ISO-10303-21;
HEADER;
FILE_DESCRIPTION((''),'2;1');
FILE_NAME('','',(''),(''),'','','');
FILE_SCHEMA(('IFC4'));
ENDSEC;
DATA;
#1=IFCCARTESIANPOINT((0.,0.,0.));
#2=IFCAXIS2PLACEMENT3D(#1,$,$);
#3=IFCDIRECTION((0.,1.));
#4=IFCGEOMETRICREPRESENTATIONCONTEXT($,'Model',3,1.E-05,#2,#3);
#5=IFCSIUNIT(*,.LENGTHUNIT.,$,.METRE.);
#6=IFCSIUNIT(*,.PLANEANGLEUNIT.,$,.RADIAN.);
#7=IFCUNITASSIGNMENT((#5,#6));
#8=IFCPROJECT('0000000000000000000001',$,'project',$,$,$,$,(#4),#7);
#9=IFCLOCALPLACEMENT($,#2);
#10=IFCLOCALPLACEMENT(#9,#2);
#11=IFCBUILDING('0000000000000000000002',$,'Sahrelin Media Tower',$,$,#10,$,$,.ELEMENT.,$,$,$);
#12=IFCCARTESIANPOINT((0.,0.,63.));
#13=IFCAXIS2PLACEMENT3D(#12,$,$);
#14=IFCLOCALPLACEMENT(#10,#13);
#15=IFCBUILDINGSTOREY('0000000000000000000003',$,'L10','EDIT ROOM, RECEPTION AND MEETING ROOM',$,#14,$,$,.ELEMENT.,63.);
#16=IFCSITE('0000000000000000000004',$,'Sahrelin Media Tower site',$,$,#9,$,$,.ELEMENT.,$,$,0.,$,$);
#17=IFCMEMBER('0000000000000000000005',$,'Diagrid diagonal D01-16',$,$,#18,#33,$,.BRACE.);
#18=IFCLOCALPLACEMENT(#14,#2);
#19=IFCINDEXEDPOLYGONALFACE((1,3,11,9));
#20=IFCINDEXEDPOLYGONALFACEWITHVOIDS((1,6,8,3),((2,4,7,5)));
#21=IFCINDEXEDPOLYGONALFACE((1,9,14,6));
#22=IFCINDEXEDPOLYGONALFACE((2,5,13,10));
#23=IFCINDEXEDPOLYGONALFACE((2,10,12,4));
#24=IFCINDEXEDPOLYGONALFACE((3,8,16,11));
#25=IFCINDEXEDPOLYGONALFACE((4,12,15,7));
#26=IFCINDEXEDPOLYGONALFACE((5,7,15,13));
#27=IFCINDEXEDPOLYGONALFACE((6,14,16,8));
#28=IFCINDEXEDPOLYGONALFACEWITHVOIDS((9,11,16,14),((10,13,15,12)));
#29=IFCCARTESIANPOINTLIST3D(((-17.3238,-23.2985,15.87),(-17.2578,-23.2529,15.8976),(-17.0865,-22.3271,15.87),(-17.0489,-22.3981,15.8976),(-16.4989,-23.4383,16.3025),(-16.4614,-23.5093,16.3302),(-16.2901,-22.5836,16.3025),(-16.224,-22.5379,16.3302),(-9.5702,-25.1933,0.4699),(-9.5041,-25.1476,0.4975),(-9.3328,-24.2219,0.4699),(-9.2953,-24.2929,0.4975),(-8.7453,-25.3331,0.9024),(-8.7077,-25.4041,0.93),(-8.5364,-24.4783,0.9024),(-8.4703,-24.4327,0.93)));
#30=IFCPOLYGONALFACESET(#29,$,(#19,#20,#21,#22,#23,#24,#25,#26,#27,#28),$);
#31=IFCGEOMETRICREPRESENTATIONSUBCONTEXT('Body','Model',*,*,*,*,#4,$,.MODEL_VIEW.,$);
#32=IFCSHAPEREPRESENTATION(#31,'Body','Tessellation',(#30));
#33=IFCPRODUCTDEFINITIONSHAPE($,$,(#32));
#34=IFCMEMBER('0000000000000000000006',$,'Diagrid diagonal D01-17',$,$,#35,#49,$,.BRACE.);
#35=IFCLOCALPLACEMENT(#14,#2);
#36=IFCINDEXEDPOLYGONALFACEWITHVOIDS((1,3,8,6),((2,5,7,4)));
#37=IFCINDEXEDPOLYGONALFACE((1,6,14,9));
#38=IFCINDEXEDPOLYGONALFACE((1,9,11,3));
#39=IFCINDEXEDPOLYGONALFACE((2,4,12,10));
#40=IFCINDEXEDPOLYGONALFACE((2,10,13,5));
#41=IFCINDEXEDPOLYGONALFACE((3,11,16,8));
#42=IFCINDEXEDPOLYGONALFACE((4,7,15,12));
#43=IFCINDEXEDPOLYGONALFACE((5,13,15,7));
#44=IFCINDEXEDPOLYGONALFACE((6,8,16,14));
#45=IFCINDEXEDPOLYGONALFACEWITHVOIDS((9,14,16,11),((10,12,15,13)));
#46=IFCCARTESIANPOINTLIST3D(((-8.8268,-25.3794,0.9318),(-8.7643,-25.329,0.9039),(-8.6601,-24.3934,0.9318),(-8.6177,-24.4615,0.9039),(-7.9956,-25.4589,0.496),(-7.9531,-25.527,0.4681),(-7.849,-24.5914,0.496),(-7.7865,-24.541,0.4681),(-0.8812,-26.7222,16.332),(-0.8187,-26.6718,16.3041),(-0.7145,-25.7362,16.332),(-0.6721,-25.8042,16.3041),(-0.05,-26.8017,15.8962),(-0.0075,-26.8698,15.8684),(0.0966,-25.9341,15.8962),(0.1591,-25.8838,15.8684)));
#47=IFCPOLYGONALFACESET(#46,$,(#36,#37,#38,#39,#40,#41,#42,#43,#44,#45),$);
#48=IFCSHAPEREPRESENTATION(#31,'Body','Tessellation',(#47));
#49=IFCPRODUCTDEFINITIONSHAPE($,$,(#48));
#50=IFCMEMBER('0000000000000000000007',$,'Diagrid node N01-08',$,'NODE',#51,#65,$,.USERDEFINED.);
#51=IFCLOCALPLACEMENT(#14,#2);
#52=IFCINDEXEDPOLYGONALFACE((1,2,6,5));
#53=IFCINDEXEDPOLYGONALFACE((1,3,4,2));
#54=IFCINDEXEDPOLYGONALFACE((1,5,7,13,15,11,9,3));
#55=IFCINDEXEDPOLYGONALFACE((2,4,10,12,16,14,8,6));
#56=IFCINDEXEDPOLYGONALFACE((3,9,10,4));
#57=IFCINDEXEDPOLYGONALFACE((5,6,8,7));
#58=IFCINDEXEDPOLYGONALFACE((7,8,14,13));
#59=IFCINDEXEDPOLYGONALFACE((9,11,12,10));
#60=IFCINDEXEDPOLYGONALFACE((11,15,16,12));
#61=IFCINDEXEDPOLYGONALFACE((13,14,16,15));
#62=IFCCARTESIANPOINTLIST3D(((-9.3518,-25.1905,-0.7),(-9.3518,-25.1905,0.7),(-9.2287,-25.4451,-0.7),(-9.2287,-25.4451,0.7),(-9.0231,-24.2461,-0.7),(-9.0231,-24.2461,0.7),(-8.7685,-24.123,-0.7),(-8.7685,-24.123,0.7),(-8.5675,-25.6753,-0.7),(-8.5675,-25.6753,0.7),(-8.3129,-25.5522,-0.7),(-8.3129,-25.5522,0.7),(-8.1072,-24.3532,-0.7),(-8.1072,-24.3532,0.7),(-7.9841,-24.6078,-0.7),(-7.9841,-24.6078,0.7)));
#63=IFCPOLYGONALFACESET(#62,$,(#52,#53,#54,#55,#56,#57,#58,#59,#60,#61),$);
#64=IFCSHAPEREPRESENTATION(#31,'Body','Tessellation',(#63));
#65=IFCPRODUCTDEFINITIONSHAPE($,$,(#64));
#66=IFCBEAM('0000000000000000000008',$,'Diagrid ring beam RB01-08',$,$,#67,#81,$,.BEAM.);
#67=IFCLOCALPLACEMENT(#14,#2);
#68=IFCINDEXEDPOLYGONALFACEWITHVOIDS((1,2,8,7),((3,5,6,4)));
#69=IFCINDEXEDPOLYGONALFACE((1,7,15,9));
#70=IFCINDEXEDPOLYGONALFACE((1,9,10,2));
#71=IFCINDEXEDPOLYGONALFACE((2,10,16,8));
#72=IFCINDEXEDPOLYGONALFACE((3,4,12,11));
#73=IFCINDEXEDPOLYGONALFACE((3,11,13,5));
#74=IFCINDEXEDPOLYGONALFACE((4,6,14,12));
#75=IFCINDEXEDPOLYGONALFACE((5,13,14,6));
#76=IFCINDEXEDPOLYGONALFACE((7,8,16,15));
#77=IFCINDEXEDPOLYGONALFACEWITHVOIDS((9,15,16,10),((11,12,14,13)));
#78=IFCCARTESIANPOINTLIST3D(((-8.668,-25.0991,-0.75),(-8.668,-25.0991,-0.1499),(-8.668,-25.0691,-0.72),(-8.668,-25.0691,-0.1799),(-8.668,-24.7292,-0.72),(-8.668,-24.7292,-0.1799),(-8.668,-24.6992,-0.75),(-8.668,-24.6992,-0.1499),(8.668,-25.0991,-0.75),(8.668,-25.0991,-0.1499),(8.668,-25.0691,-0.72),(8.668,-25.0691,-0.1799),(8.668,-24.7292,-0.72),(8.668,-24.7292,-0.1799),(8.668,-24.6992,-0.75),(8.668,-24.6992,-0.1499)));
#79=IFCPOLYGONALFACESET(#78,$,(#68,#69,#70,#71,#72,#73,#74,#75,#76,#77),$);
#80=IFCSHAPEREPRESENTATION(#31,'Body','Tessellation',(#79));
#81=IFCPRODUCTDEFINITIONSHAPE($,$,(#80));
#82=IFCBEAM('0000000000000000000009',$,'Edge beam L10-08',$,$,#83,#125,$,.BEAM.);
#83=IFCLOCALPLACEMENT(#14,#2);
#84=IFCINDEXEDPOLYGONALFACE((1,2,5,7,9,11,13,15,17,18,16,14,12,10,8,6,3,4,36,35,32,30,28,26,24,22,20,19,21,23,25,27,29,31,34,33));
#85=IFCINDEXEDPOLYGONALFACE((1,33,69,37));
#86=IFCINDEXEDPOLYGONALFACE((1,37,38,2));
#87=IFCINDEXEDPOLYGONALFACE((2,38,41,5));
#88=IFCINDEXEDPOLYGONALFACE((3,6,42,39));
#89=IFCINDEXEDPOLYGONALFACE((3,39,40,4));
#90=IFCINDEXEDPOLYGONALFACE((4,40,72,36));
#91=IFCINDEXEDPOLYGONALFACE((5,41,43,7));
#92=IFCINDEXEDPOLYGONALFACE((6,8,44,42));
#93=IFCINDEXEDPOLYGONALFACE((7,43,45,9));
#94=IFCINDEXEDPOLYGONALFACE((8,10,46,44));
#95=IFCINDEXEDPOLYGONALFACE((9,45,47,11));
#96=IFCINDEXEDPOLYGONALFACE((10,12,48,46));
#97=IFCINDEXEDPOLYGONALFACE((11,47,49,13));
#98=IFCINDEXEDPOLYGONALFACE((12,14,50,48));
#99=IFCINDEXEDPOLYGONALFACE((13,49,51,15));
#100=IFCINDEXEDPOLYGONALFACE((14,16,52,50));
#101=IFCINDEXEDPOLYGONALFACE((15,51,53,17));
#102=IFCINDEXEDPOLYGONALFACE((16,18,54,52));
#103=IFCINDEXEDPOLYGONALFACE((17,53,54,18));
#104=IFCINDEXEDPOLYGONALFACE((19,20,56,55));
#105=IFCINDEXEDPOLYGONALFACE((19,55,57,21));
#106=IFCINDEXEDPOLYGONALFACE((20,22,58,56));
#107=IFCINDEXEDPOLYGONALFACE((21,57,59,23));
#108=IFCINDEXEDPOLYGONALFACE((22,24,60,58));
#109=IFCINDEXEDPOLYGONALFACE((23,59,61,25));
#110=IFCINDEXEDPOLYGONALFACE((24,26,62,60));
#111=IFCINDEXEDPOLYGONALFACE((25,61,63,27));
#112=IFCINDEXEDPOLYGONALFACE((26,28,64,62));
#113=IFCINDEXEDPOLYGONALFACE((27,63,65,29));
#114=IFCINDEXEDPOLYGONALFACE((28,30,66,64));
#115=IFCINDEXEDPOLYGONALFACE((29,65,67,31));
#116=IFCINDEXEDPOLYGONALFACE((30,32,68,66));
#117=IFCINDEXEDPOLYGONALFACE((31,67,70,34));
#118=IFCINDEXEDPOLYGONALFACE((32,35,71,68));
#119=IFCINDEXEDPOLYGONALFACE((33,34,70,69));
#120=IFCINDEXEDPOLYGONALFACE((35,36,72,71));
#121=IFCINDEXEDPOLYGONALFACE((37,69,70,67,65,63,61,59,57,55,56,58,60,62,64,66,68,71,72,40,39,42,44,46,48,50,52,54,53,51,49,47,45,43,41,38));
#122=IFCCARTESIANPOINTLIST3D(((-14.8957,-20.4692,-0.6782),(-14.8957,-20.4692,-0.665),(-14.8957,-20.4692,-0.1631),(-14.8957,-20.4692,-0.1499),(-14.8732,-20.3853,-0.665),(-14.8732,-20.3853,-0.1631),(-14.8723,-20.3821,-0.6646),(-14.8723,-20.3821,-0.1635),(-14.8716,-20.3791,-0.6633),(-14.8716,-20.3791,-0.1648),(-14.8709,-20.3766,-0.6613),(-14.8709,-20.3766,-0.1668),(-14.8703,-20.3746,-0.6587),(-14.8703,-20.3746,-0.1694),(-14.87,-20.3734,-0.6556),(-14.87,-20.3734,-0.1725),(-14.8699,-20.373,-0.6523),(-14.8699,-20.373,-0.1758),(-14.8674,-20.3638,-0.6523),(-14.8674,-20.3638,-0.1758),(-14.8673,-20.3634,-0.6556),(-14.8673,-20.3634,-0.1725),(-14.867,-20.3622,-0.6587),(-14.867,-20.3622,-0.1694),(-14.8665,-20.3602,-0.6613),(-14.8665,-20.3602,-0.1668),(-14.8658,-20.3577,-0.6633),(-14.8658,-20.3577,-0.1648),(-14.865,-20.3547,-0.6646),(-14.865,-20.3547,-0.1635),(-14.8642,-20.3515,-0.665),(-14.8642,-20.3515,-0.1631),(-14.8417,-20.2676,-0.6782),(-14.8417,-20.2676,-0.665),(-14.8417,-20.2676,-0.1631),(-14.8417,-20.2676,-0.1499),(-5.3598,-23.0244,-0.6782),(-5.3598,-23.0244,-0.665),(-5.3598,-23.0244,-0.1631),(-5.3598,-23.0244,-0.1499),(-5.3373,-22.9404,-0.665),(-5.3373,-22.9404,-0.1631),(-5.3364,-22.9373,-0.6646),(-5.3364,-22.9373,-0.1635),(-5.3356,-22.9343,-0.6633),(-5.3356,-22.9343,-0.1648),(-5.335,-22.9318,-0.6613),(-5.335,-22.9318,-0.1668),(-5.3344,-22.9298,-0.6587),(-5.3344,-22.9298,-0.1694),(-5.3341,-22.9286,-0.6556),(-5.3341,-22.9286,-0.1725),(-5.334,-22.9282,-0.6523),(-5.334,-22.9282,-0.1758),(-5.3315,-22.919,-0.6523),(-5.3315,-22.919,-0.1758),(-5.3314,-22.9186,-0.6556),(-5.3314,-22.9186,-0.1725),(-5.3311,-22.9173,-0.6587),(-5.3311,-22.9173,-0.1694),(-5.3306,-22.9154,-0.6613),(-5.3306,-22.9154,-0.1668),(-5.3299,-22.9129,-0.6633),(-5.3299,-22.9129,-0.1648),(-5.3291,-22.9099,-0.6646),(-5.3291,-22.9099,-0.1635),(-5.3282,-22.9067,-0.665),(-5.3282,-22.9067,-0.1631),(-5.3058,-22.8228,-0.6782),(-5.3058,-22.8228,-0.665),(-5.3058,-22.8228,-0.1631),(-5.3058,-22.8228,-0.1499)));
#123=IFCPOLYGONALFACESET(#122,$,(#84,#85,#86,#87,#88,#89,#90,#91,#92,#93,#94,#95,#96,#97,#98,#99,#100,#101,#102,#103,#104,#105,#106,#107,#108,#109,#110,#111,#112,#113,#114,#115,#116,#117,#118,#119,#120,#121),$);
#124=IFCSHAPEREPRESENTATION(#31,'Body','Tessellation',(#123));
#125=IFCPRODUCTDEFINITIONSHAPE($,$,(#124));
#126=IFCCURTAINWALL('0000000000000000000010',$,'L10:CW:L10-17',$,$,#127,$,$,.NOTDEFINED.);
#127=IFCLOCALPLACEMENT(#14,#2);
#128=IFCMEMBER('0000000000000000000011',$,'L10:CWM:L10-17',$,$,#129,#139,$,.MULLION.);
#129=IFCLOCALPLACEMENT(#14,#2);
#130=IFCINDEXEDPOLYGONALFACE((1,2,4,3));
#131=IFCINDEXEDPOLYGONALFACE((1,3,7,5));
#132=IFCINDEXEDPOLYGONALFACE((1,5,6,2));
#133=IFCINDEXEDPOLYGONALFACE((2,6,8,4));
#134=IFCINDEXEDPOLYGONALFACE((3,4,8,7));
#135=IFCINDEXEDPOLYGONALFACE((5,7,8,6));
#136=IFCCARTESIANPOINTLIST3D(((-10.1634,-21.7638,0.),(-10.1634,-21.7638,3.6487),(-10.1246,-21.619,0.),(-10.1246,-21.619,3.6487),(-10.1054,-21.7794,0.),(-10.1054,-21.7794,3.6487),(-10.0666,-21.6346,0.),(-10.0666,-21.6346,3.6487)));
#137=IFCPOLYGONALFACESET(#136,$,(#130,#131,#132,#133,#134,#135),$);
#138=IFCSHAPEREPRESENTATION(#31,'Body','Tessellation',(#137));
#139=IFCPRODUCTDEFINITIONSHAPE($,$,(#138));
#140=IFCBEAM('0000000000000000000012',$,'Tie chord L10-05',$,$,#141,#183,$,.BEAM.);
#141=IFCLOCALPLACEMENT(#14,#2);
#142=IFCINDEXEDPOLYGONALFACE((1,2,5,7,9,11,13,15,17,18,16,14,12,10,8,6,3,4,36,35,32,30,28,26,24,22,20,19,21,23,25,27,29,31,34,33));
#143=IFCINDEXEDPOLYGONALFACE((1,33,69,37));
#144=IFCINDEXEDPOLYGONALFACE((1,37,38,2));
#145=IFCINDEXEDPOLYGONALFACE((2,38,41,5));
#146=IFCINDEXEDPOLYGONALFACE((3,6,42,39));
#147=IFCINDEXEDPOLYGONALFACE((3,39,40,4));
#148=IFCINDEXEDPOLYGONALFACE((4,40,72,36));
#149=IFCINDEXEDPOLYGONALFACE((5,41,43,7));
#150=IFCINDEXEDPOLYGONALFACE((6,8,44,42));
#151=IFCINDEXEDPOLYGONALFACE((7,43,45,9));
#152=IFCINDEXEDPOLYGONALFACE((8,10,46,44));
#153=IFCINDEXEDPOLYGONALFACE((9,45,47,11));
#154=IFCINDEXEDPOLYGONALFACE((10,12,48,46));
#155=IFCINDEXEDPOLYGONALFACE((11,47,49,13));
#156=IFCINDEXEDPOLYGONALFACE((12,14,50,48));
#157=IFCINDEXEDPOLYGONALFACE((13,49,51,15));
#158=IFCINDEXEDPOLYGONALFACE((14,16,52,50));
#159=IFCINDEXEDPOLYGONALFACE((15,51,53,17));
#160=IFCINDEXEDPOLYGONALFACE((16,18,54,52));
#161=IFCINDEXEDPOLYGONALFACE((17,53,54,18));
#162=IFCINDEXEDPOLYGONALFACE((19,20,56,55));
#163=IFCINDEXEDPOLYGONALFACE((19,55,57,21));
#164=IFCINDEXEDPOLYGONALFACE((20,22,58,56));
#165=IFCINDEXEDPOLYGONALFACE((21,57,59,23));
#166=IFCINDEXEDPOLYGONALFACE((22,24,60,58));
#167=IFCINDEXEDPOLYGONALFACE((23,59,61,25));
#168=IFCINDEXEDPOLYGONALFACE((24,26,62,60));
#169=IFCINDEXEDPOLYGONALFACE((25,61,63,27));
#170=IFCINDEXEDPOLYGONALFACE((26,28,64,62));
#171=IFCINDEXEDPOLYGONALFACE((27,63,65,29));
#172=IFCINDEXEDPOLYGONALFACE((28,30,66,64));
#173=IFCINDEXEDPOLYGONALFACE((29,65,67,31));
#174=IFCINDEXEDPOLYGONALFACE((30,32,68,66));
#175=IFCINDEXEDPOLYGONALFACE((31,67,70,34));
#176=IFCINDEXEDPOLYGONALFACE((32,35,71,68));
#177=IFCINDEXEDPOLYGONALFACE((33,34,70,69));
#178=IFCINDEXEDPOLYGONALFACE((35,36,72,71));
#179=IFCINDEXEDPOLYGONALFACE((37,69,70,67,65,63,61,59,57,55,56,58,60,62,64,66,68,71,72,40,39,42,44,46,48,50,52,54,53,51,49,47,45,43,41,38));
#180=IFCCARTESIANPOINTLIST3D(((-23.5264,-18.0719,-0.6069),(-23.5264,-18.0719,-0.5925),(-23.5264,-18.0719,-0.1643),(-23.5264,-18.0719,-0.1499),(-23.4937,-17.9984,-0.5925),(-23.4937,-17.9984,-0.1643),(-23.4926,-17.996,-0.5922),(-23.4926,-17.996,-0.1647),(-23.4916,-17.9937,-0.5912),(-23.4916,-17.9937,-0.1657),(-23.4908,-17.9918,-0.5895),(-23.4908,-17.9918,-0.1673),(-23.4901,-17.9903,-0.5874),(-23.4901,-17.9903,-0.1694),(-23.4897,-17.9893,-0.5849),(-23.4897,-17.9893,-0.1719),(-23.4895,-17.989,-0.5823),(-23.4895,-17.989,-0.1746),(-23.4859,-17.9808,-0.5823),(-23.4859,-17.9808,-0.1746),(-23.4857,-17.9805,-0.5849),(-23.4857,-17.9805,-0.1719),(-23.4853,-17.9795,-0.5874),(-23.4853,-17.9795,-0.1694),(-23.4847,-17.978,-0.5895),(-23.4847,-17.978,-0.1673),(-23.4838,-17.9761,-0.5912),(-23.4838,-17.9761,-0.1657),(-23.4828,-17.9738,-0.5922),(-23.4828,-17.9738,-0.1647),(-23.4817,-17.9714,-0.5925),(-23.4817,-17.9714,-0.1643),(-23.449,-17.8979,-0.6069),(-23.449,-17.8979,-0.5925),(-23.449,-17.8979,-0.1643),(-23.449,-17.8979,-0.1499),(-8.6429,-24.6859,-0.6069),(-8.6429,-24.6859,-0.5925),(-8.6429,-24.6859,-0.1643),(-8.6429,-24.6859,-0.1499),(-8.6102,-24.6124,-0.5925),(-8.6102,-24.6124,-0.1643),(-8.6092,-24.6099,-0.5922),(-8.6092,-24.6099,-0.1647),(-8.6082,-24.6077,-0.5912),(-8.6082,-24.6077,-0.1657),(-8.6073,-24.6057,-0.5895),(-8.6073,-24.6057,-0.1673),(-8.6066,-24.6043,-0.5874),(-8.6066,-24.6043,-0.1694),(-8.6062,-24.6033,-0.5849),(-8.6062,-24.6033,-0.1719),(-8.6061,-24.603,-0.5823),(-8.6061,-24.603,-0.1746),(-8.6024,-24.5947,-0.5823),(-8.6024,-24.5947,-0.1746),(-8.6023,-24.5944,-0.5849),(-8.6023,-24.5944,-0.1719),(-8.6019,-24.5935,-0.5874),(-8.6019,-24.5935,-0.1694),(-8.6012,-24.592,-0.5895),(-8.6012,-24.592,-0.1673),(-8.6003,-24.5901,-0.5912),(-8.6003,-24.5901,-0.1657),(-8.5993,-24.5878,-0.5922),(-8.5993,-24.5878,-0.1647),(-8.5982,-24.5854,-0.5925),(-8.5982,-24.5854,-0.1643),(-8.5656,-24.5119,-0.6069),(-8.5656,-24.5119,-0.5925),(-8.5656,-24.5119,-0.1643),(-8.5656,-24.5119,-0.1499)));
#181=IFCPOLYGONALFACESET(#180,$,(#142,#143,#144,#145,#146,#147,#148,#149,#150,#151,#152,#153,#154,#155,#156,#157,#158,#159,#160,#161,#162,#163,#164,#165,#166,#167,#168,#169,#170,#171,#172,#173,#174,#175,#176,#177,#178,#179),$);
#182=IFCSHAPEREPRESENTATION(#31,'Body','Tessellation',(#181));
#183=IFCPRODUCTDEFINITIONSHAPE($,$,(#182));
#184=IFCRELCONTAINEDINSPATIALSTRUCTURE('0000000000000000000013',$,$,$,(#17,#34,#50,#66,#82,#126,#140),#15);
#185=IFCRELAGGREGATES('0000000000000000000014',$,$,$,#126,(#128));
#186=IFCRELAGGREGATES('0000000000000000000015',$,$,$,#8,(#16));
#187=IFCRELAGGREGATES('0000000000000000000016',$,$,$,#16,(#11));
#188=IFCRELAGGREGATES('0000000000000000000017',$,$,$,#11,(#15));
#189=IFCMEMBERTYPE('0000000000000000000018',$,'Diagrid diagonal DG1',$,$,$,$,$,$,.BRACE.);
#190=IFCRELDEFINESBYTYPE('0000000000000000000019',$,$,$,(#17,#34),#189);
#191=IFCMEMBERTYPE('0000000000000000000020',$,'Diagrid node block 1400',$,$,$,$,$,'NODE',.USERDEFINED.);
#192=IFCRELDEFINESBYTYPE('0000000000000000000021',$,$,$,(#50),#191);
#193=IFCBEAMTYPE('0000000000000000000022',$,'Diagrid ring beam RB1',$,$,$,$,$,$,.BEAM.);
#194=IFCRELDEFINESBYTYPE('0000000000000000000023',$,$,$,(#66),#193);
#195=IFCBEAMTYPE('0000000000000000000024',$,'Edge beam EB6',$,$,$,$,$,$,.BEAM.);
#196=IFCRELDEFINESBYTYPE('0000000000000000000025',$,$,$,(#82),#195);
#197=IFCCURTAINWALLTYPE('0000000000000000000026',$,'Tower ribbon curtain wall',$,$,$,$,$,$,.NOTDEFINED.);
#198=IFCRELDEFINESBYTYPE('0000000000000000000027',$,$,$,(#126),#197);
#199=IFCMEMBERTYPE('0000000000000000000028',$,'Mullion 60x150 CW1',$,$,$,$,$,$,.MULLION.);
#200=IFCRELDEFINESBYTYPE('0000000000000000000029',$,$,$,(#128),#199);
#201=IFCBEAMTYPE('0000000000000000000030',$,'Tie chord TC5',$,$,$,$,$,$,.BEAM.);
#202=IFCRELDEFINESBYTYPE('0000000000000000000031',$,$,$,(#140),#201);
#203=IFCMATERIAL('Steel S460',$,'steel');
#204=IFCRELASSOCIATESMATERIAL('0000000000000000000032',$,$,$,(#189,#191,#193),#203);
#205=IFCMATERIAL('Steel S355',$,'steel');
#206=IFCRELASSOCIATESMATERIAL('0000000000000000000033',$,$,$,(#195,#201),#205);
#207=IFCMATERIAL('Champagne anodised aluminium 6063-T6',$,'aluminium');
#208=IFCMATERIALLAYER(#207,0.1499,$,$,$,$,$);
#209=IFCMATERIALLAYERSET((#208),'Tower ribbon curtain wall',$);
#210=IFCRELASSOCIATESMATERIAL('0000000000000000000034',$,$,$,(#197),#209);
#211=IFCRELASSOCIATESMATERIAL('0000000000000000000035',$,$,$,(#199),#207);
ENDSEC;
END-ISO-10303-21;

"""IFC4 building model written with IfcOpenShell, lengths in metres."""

from ifc_helpers import new_model, si_unit, direction, frame, origin, origin_2d, place, context, subcontext, project, spatial, polyline, rectangle, hollow_rectangle, i_section, outline, extrude, material, layer, layer_set, material_profile, profile_set, type_object, element, aggregate, save


model = new_model("IFC4")

# Units and contexts
model_context = context("Model", 3, precision=1e-05, world=origin(), true_north=direction((0.0, 1.0)))
body_context = subcontext(model_context, "Body", "Model", "MODEL_VIEW")
ifc_project = project(units=[si_unit("LENGTHUNIT", "METRE"), si_unit("PLANEANGLEUNIT", "RADIAN")], contexts=[model_context])

# Site, building, storey
site_placement = place(None, origin())
site = spatial("IfcSite", under=ifc_project, at=site_placement, Name="Sahrelin Media Tower site", CompositionType="ELEMENT", RefElevation=0.0)
building_placement = place(site_placement, origin())
building = spatial("IfcBuilding", under=site, at=building_placement, Name="Sahrelin Media Tower", CompositionType="ELEMENT")
storey_placement = place(building_placement, frame((0.0, 0.0, 63.0)))
storey = spatial("IfcBuildingStorey", under=building, at=storey_placement, Name="L10", Description="EDIT ROOM, RECEPTION AND MEETING ROOM", CompositionType="ELEMENT", Elevation=63.0)

# Members
ifc_material_1 = material(Name="Steel S460", Category="steel")
ifc_material_profile_1 = material_profile(ifc_material_1, hollow_rectangle(XDim=1.0, YDim=1.0, WallThickness=0.0601, at=origin_2d()), Name="Diagrid diagonal DG1")
ifc_profile_set_1 = profile_set([ifc_material_profile_1], Name="Steel S460")
member_type_1 = type_object("IfcMemberType", Name="Diagrid diagonal DG1", PredefinedType="BRACE", material=ifc_profile_set_1)
member_1_placement = place(storey_placement, frame((-9.0203, -24.813, 0.7), z_axis=(-0.447007, 0.109236, 0.887836), x_axis=(-0.237386, -0.971415, 0.0)))
element("IfcMember", 1, at=member_1_placement, inside=storey, type_object=member_type_1, Name="Diagrid diagonal D01-16", PredefinedType="BRACE", context=body_context, shape_type="SweptSolid", body=[
    extrude(hollow_rectangle(XDim=1.0, YDim=1.0, WallThickness=0.0601, at=origin_2d()), origin(), (0.0, 0.0, 1.0), 17.3457),
])
member_2_placement = place(storey_placement, frame((-8.3066, -24.9602, 0.7), z_axis=(0.45714, -0.077255, 0.886033), x_axis=(0.166634, 0.986019, 0.0)))
element("IfcMember", 2, at=member_2_placement, inside=storey, type_object=member_type_1, Name="Diagrid diagonal D01-17", PredefinedType="BRACE", context=body_context, shape_type="SweptSolid", body=[
    extrude(hollow_rectangle(XDim=1.0, YDim=1.0, WallThickness=0.0601, at=origin_2d()), origin(), (0.0, 0.0, 1.0), 17.3811),
])
ifc_material_profile_2 = material_profile(ifc_material_1, outline(polyline([(0.5, -0.55), (0.7, -0.3501), (0.7, 0.3501), (0.5, 0.55), (-0.5, 0.55), (-0.7, 0.3501), (-0.7, -0.3501), (-0.5, -0.55), (0.5, -0.55)])), Name="Diagrid node block 1400")
ifc_profile_set_2 = profile_set([ifc_material_profile_2], Name="Steel S460")
member_type_2 = type_object("IfcMemberType", Name="Diagrid node block 1400", ElementType="NODE", PredefinedType="USERDEFINED", material=ifc_profile_set_2)
member_3_placement = place(storey_placement, frame((-8.668, -24.8992, -0.7), z_axis=(0.0, 0.0, 1.0), x_axis=(-0.328769, -0.94441, 0.0)))
element("IfcMember", 3, at=member_3_placement, inside=storey, type_object=member_type_2, Name="Diagrid node N01-08", ObjectType="NODE", PredefinedType="USERDEFINED", context=body_context, shape_type="SweptSolid", body=[
    extrude(outline(polyline([(0.5, -0.55), (0.7, -0.3501), (0.7, 0.3501), (0.5, 0.55), (-0.5, 0.55), (-0.7, 0.3501), (-0.7, -0.3501), (-0.5, -0.55), (0.5, -0.55)])), origin(), (0.0, 0.0, 1.0), 1.3999),
])

# Beams
ifc_material_profile_3 = material_profile(ifc_material_1, hollow_rectangle(XDim=0.3999, YDim=0.6001, WallThickness=0.03, at=origin_2d()), Name="Diagrid ring beam RB1")
ifc_profile_set_3 = profile_set([ifc_material_profile_3], Name="Steel S460")
beam_type_1 = type_object("IfcBeamType", Name="Diagrid ring beam RB1", PredefinedType="BEAM", material=ifc_profile_set_3)
beam_1_placement = place(storey_placement, frame((-8.668, -24.8992, -0.45), z_axis=(1.0, 0.0, 0.0), x_axis=(0.0, 1.0, 0.0)))
element("IfcBeam", 4, at=beam_1_placement, inside=storey, type_object=beam_type_1, Name="Diagrid ring beam RB01-08", PredefinedType="BEAM", context=body_context, shape_type="SweptSolid", body=[
    extrude(hollow_rectangle(XDim=0.3999, YDim=0.6001, WallThickness=0.03, at=origin_2d()), origin(), (0.0, 0.0, 1.0), 17.3359),
])
ifc_material_2 = material(Name="Steel S355", Category="steel")
ifc_material_profile_4 = material_profile(ifc_material_2, i_section(OverallWidth=0.2087, OverallDepth=0.5283, WebThickness=0.0095, FlangeThickness=0.0132, FilletRadius=0.0127, at=origin_2d()), Name="UB 533x210x82")
ifc_profile_set_4 = profile_set([ifc_material_profile_4], Name="Steel S355")
beam_type_2 = type_object("IfcBeamType", Name="Edge beam EB6", PredefinedType="BEAM", material=ifc_profile_set_4)
beam_2_placement = place(storey_placement, frame((-5.3328, -22.9236, -0.4141), z_axis=(-0.965925, 0.258823, 0.0), x_axis=(-0.258823, -0.965925, 0.0)))
element("IfcBeam", 5, at=beam_2_placement, inside=storey, type_object=beam_type_2, Name="Edge beam L10-08", PredefinedType="BEAM", context=body_context, shape_type="SweptSolid", body=[
    extrude(i_section(OverallWidth=0.2087, OverallDepth=0.5283, WebThickness=0.0095, FlangeThickness=0.0132, FilletRadius=0.0127, at=origin_2d()), origin(), (0.0, 0.0, 1.0), 9.8723),
])

# Curtain wall, member
ifc_material_3 = material(Name="Champagne anodised aluminium 6063-T6", Category="aluminium")
ifc_layer_1 = layer(ifc_material_3, 0.1499)
ifc_layer_set_1 = layer_set([ifc_layer_1], Name="Tower ribbon curtain wall")
curtain_wall_type = type_object("IfcCurtainWallType", Name="Tower ribbon curtain wall", PredefinedType="NOTDEFINED", material=ifc_layer_set_1)
curtain_wall_1_placement = place(storey_placement, frame((-10.1394, -21.791, 0.0), z_axis=(0.0, 0.0, 1.0), x_axis=(1.0, 0.0, 0.0)))
curtain_wall_1 = element("IfcCurtainWall", 6, at=curtain_wall_1_placement, inside=storey, type_object=curtain_wall_type, Name="L10:CW:L10-17", PredefinedType="NOTDEFINED")
ifc_material_profile_5 = material_profile(ifc_material_3, rectangle(XDim=0.0601, YDim=0.1499, at=origin_2d()), Name="Mullion 60x150")
ifc_profile_set_5 = profile_set([ifc_material_profile_5], Name="Champagne anodised aluminium 6063-T6")
member_type_3 = type_object("IfcMemberType", Name="Mullion 60x150 CW1", PredefinedType="MULLION", material=ifc_profile_set_5)
member_4_placement = place(storey_placement, frame((-10.115, -21.6992, 0.0), z_axis=(0.0, 0.0, 1.0), x_axis=(0.965925, -0.258821, 0.0)))
member_4 = element("IfcMember", 7, at=member_4_placement, type_object=member_type_3, Name="L10:CWM:L10-17", PredefinedType="MULLION", context=body_context, shape_type="SweptSolid", body=[
    extrude(rectangle(XDim=0.0601, YDim=0.1499, at=origin_2d()), origin(), (0.0, 0.0, 1.0), 3.6487),
])
aggregate(curtain_wall_1, [member_4])

# Beam
ifc_material_profile_6 = material_profile(ifc_material_2, i_section(OverallWidth=0.1904, OverallDepth=0.457, WebThickness=0.009, FlangeThickness=0.0144, FilletRadius=0.0103, at=origin_2d()), Name="UB 457x191x74")
ifc_profile_set_6 = profile_set([ifc_material_profile_6], Name="Steel S355")
beam_type_3 = type_object("IfcBeamType", Name="Tie chord TC5", PredefinedType="BEAM", material=ifc_profile_set_6)
beam_3_placement = place(storey_placement, frame((-8.6042, -24.5989, -0.3784), z_axis=(-0.913832, 0.406093, 0.0), x_axis=(-0.406093, -0.913832, 0.0)))
element("IfcBeam", 8, at=beam_3_placement, inside=storey, type_object=beam_type_3, Name="Tie chord L10-05", PredefinedType="BEAM", context=body_context, shape_type="SweptSolid", body=[
    extrude(i_section(OverallWidth=0.1904, OverallDepth=0.457, WebThickness=0.009, FlangeThickness=0.0144, FilletRadius=0.0103, at=origin_2d()), origin(), (0.0, 0.0, 1.0), 16.2869),
])

save(model, "model.ifc")
